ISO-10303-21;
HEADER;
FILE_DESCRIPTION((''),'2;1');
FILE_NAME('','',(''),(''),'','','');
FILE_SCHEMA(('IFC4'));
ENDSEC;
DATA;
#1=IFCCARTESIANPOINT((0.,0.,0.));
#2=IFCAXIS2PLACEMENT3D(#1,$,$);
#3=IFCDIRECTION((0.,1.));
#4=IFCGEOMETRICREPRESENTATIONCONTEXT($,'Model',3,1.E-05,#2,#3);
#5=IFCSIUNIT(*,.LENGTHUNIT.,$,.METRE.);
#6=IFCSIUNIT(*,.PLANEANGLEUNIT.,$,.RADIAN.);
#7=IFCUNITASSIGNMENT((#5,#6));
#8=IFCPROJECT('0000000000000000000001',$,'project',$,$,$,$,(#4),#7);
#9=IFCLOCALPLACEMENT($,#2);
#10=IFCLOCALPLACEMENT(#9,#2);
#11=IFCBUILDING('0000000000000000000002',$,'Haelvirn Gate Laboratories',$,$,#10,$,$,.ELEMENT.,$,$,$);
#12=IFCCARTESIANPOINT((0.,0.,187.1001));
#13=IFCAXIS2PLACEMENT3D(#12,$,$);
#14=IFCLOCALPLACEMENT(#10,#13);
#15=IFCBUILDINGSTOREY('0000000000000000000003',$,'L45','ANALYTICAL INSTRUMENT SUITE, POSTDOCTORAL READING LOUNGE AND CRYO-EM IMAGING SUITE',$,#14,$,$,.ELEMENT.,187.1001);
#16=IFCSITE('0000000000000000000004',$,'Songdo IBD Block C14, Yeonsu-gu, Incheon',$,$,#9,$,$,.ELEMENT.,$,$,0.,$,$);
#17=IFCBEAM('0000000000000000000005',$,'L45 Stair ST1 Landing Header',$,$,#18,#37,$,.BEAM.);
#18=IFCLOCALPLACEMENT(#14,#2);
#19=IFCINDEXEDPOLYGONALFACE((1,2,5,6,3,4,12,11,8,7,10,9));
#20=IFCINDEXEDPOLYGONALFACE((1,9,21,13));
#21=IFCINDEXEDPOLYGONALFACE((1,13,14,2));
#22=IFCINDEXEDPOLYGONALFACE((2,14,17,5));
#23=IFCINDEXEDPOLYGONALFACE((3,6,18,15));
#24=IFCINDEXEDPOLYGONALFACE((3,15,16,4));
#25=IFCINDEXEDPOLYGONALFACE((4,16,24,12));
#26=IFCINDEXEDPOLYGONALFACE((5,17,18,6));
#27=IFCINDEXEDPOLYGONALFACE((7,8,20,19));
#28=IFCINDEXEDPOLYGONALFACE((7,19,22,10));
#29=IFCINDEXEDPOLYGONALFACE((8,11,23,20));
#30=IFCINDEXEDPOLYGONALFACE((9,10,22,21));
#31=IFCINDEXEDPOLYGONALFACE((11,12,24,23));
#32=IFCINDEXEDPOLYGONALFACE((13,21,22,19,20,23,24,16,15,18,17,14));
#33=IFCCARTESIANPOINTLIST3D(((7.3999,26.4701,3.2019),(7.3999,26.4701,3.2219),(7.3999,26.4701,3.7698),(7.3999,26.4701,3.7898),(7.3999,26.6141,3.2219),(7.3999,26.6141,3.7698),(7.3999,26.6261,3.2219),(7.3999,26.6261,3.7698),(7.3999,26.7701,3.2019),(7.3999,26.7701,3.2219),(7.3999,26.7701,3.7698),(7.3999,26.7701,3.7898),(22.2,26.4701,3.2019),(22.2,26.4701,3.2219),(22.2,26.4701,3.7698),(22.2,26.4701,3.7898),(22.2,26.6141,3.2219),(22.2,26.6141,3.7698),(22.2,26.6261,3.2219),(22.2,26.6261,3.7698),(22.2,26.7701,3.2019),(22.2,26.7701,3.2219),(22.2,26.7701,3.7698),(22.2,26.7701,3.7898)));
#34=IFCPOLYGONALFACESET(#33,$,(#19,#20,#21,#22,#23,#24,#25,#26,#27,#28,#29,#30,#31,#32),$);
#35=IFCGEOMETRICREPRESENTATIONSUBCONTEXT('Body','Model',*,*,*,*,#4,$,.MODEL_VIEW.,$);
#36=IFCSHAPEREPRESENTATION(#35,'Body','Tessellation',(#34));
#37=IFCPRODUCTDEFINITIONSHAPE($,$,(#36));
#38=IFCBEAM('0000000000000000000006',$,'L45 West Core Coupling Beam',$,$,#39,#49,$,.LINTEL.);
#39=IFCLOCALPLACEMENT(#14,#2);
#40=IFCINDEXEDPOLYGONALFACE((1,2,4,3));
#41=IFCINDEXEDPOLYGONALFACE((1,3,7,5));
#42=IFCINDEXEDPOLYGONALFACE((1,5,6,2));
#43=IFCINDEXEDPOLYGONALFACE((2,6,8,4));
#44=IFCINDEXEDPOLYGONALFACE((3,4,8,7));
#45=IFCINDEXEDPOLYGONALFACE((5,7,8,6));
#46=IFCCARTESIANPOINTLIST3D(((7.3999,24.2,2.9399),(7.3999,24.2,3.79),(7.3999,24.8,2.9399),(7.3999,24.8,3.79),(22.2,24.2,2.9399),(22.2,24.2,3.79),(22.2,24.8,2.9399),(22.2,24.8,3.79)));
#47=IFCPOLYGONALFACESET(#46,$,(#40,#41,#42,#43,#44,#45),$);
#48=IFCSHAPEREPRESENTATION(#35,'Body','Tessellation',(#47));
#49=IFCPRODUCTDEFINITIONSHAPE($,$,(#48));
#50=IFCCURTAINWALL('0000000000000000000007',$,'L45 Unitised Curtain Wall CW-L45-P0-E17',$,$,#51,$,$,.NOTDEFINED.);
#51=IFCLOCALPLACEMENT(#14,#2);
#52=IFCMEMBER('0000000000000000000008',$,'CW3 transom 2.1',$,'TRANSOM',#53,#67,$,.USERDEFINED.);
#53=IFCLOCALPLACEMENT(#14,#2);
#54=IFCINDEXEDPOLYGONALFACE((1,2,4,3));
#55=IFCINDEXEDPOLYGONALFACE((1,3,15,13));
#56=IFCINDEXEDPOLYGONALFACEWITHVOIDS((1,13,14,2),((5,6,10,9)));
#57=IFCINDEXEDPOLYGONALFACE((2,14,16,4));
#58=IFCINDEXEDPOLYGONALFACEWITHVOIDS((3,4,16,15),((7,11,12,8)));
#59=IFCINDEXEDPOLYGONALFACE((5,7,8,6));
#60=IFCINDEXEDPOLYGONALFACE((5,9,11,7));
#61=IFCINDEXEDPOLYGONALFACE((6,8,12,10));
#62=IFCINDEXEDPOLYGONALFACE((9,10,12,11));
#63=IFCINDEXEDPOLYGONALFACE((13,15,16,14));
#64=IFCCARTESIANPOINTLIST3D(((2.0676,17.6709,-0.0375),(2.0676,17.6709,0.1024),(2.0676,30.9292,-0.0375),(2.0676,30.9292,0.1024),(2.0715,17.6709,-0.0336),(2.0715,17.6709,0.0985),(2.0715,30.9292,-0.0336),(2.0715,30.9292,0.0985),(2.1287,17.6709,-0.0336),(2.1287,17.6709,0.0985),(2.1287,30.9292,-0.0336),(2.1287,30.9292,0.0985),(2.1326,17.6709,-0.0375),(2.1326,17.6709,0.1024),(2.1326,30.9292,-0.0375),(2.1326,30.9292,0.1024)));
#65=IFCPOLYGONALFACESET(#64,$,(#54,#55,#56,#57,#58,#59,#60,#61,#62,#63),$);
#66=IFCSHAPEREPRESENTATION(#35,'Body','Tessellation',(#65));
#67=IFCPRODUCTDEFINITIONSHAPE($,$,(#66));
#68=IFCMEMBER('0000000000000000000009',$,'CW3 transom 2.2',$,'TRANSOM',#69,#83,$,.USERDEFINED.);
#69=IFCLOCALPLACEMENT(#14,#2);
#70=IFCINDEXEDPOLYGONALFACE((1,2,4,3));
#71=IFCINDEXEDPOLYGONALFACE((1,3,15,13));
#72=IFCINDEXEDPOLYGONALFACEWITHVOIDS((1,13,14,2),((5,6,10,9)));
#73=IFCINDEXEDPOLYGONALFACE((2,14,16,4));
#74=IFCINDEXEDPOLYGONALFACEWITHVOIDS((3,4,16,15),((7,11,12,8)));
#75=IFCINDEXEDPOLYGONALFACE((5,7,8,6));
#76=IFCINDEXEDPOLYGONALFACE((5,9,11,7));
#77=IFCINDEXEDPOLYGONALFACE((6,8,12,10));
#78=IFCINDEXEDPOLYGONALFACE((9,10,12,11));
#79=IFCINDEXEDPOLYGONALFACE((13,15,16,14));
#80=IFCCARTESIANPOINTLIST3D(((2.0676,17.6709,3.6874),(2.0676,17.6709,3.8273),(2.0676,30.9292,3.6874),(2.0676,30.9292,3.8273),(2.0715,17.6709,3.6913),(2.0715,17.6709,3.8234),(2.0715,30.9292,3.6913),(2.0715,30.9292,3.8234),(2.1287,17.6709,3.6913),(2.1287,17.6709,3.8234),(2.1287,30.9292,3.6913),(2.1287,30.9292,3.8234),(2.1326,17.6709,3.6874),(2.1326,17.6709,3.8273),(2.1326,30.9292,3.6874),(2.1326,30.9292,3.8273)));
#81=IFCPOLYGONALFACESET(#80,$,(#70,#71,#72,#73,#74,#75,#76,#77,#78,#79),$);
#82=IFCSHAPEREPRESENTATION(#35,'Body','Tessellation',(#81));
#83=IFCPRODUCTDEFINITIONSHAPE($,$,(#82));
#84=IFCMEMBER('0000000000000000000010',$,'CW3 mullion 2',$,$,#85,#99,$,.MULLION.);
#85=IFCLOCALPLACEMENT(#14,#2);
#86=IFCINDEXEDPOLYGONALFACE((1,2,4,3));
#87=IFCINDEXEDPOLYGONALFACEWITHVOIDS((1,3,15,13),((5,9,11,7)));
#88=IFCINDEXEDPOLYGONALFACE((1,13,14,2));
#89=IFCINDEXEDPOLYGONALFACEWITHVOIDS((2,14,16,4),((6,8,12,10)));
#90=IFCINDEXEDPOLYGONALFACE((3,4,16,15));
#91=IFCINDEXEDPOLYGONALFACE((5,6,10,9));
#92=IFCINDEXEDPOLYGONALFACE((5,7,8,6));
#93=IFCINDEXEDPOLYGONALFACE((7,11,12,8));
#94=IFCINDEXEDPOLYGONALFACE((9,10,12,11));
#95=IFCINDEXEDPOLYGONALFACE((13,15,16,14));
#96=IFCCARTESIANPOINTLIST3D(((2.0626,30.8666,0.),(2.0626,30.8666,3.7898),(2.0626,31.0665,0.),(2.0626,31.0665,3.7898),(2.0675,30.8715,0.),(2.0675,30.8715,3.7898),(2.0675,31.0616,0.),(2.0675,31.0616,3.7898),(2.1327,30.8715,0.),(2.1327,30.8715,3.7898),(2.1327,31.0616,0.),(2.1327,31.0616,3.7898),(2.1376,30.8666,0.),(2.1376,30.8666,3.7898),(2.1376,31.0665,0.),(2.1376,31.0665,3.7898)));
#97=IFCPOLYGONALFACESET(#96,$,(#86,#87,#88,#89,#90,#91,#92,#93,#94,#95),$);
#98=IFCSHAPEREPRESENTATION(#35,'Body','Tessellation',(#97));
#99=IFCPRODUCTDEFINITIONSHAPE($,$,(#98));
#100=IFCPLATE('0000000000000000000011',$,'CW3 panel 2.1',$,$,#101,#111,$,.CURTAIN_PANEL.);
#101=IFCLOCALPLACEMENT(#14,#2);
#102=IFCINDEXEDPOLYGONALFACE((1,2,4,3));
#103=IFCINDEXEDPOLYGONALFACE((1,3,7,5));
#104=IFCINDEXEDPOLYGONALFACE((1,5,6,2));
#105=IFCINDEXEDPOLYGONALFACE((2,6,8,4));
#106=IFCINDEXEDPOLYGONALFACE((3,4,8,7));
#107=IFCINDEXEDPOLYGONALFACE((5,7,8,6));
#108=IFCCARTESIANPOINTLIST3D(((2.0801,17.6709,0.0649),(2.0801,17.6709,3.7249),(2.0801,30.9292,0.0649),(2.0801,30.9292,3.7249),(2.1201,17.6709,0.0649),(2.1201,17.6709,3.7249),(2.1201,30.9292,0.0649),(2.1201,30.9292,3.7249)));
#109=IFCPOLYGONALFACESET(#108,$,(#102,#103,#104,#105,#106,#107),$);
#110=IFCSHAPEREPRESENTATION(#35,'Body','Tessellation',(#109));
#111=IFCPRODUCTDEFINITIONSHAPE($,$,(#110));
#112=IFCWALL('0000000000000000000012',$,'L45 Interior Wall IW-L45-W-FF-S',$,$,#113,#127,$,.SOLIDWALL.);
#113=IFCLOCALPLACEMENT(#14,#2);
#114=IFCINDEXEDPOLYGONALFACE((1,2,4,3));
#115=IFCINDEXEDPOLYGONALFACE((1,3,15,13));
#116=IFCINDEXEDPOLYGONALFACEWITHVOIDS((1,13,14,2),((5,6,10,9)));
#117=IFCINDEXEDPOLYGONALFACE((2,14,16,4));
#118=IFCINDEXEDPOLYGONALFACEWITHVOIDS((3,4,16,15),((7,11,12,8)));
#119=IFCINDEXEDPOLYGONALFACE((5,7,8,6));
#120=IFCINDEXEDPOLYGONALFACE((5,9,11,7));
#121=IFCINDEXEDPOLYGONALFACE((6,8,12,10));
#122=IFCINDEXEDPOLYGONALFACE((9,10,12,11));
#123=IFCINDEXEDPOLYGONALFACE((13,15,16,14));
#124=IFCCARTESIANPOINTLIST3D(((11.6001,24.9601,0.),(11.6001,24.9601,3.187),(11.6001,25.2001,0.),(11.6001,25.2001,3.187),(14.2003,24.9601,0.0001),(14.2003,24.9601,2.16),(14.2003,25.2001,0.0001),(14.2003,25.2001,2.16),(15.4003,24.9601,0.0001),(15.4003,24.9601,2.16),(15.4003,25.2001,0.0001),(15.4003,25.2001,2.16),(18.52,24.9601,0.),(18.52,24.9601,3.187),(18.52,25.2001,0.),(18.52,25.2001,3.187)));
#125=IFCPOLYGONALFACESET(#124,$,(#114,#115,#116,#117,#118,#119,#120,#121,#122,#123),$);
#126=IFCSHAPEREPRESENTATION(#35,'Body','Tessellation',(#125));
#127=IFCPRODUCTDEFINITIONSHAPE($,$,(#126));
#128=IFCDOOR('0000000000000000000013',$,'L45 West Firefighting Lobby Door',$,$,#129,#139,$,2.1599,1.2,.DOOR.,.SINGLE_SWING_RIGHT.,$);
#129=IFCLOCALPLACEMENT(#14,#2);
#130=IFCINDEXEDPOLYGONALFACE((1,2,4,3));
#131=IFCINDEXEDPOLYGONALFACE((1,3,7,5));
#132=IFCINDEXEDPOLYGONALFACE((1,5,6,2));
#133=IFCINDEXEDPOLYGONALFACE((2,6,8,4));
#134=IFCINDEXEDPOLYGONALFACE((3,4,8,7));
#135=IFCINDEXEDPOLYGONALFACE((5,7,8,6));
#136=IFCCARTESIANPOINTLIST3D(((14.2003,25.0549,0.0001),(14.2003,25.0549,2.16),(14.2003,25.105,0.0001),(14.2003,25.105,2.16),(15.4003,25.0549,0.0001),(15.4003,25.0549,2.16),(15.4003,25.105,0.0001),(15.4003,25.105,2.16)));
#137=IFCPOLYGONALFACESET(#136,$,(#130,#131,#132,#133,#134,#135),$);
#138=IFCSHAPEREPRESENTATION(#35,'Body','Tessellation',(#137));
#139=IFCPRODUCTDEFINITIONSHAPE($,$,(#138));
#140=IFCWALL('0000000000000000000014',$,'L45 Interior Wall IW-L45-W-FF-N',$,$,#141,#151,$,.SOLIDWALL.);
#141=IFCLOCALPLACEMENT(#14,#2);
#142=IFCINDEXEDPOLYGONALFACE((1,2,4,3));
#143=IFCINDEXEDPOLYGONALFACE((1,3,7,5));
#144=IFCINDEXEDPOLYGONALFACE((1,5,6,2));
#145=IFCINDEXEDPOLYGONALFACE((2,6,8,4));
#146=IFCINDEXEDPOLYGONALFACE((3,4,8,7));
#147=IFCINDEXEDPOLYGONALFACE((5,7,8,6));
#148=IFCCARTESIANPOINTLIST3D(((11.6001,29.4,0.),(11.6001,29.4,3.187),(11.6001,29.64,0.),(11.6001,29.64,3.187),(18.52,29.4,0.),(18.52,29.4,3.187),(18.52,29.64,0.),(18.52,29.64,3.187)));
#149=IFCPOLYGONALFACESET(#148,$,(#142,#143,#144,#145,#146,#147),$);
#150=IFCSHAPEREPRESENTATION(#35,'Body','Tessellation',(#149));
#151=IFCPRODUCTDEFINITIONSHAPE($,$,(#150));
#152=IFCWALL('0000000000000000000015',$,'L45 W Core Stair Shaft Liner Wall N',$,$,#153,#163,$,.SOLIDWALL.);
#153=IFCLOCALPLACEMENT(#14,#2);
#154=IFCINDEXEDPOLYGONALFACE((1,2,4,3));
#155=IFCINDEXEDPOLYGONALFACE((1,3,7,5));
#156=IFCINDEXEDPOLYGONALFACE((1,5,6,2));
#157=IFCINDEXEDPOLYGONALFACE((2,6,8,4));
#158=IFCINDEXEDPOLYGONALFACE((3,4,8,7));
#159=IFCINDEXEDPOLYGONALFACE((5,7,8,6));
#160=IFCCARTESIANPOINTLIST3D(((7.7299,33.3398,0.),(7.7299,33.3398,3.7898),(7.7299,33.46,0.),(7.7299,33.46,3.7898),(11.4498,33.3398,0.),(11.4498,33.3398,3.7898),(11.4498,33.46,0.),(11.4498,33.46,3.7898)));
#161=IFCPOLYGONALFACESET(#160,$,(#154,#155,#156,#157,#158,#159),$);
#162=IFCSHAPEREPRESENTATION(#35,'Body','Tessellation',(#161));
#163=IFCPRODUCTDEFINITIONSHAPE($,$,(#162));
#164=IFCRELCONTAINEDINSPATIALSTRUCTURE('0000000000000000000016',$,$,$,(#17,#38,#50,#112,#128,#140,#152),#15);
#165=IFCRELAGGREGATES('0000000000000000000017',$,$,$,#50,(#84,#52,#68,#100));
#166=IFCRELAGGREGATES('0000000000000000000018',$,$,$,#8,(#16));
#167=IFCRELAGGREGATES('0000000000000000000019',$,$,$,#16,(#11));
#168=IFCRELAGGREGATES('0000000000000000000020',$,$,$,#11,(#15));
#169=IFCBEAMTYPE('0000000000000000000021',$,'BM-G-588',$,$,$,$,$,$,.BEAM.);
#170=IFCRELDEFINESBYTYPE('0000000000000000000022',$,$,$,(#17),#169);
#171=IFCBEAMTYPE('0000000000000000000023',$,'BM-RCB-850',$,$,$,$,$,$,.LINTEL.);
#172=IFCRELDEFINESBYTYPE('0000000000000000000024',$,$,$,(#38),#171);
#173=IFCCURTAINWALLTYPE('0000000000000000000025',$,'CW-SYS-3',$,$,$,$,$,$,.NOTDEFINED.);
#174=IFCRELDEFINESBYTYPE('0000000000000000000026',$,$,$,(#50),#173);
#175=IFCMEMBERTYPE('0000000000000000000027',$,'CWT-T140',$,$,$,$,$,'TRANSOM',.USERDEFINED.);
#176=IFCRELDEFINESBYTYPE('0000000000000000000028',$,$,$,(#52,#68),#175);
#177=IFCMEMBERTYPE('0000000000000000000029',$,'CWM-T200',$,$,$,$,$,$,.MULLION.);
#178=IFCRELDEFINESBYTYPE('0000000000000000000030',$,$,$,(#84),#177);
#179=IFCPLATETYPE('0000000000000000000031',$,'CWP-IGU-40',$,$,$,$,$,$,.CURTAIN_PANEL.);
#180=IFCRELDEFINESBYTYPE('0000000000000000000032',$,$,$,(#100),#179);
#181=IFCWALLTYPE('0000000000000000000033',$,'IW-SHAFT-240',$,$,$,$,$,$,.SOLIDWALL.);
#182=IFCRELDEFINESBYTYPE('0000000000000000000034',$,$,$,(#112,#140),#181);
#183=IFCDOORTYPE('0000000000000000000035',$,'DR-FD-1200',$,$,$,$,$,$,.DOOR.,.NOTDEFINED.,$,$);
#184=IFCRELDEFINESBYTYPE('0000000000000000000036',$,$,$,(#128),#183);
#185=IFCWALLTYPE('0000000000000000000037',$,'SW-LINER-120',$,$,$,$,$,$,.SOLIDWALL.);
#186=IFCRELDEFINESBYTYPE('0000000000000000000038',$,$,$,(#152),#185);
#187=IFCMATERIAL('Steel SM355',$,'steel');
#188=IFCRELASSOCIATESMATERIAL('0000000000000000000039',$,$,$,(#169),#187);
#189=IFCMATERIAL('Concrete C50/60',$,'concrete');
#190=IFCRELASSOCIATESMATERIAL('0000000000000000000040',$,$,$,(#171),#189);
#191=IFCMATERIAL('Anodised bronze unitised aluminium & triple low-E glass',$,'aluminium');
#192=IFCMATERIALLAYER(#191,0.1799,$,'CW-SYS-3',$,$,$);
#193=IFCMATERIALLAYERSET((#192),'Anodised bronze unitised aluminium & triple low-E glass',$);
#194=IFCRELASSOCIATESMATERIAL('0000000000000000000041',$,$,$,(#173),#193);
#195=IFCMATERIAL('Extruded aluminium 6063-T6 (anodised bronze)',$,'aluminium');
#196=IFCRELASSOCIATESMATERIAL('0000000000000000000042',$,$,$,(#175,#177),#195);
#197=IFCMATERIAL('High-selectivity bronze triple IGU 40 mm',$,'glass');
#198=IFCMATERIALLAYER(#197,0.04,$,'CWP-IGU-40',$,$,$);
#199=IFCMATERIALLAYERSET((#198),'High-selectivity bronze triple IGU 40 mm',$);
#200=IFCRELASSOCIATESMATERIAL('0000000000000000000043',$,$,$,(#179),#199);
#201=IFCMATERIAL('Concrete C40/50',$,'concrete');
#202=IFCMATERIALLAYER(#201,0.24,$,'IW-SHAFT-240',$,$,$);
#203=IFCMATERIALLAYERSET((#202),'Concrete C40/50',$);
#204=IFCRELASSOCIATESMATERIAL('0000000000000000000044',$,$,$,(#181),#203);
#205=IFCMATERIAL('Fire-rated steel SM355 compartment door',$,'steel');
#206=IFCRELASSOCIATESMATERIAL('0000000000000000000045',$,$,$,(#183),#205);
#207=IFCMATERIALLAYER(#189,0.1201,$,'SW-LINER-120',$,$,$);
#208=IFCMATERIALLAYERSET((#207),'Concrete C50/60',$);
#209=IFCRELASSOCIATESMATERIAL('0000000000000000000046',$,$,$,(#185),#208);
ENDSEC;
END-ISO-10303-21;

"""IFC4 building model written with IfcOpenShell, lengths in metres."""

from ifc_helpers import new_model, si_unit, direction, frame, frame_2d, origin, origin_2d, place, context, subcontext, project, spatial, rectangle, hollow_rectangle, i_section, extrude, source, transform, mapped, material, layer, layer_set, material_profile, profile_set, type_object, type_shapes, element, fill, aggregate, save


model = new_model("IFC4")

# Units and contexts
model_context = context("Model", 3, precision=1e-05, world=origin(), true_north=direction((0.0, 1.0)))
body_context = subcontext(model_context, "Body", "Model", "MODEL_VIEW")
ifc_project = project(units=[si_unit("LENGTHUNIT", "METRE"), si_unit("PLANEANGLEUNIT", "RADIAN")], contexts=[model_context])

# Site, building, storey
site_placement = place(None, origin())
site = spatial("IfcSite", under=ifc_project, at=site_placement, Name="Songdo IBD Block C14, Yeonsu-gu, Incheon", CompositionType="ELEMENT", RefElevation=0.0)
building_placement = place(site_placement, origin())
building = spatial("IfcBuilding", under=site, at=building_placement, Name="Haelvirn Gate Laboratories", CompositionType="ELEMENT")
storey_placement = place(building_placement, frame((0.0, 0.0, 187.1001)))
storey = spatial("IfcBuildingStorey", under=building, at=storey_placement, Name="L45", Description="ANALYTICAL INSTRUMENT SUITE, POSTDOCTORAL READING LOUNGE AND CRYO-EM IMAGING SUITE", CompositionType="ELEMENT", Elevation=187.1001)

# Beams
ifc_material_1 = material(Name="Steel SM355", Category="steel")
ifc_material_profile_1 = material_profile(ifc_material_1, i_section(OverallWidth=0.3, OverallDepth=0.5879, WebThickness=0.012, FlangeThickness=0.02, at=origin_2d()), Name="H-588x300x12x20")
ifc_profile_set_1 = profile_set([ifc_material_profile_1], Name="Steel SM355")
beam_type_1 = type_object("IfcBeamType", Name="BM-G-588", PredefinedType="BEAM", material=ifc_profile_set_1)
shared_shape_1 = source(origin(), body_context, "Body", "SweptSolid", [
    extrude(i_section(OverallWidth=0.3, OverallDepth=0.5879, WebThickness=0.012, FlangeThickness=0.02, at=origin_2d()), origin(), (0.0, 0.0, 1.0), 14.8),
])
type_shapes(beam_type_1, [shared_shape_1])
beam_1_placement = place(storey_placement, frame((7.3999, 26.6201, 3.4958), z_axis=(1.0, 0.0, 0.0), x_axis=(0.0, 1.0, 0.0)))
element("IfcBeam", 1, at=beam_1_placement, inside=storey, type_object=beam_type_1, Name="L45 Stair ST1 Landing Header", PredefinedType="BEAM", context=body_context, shape_type="MappedRepresentation", body=[
    mapped(shared_shape_1, transform((0.0, 0.0, 0.0), scale=1.0)),
])
ifc_material_2 = material(Name="Concrete C50/60", Category="concrete")
ifc_material_profile_2 = material_profile(ifc_material_2, rectangle(XDim=0.6001, YDim=0.8501, at=origin_2d()), Name="RCB-600x850")
ifc_profile_set_2 = profile_set([ifc_material_profile_2], Name="Concrete C50/60")
beam_type_2 = type_object("IfcBeamType", Name="BM-RCB-850", PredefinedType="LINTEL", material=ifc_profile_set_2)
shared_shape_2 = source(origin(), body_context, "Body", "SweptSolid", [
    extrude(rectangle(XDim=0.6001, YDim=0.8501, at=origin_2d()), origin(), (0.0, 0.0, 1.0), 14.8),
])
type_shapes(beam_type_2, [shared_shape_2])
beam_2_placement = place(storey_placement, frame((7.3999, 24.5, 3.365), z_axis=(1.0, 0.0, 0.0), x_axis=(0.0, 1.0, 0.0)))
element("IfcBeam", 2, at=beam_2_placement, inside=storey, type_object=beam_type_2, Name="L45 West Core Coupling Beam", PredefinedType="LINTEL", context=body_context, shape_type="MappedRepresentation", body=[
    mapped(shared_shape_2, transform((0.0, 0.0, 0.0), scale=1.0)),
])

# Curtain wall, members, plate
ifc_material_3 = material(Name="Anodised bronze unitised aluminium & triple low-E glass", Category="aluminium")
ifc_layer_1 = layer(ifc_material_3, 0.1799, Name="CW-SYS-3")
ifc_layer_set_1 = layer_set([ifc_layer_1], Name="Anodised bronze unitised aluminium & triple low-E glass")
curtain_wall_type = type_object("IfcCurtainWallType", Name="CW-SYS-3", PredefinedType="NOTDEFINED", material=ifc_layer_set_1)
curtain_wall_placement = place(storey_placement, origin())
curtain_wall = element("IfcCurtainWall", 3, at=curtain_wall_placement, inside=storey, type_object=curtain_wall_type, Name="L45 Unitised Curtain Wall CW-L45-P0-E17", PredefinedType="NOTDEFINED")
ifc_material_4 = material(Name="Extruded aluminium 6063-T6 (anodised bronze)", Category="aluminium")
ifc_material_profile_3 = material_profile(ifc_material_4, hollow_rectangle(XDim=0.0649, YDim=0.1399, WallThickness=0.0039, at=origin_2d()), Name="CWT-140x65x4")
ifc_profile_set_3 = profile_set([ifc_material_profile_3], Name="Extruded aluminium 6063-T6 (anodised bronze)")
member_type_1 = type_object("IfcMemberType", Name="CWT-T140", ElementType="TRANSOM", PredefinedType="USERDEFINED", material=ifc_profile_set_3)
shared_shape_3 = source(origin(), body_context, "Body", "SweptSolid", [
    extrude(hollow_rectangle(XDim=0.0649, YDim=0.1399, WallThickness=0.0039, at=origin_2d()), origin(), (0.0, 0.0, 1.0), 13.2583),
])
type_shapes(member_type_1, [shared_shape_3])
member_1_placement = place(storey_placement, frame((2.1001, 30.9292, 0.0325), z_axis=(0.0, -1.0, 0.0), x_axis=(1.0, 0.0, 0.0)))
member_1 = element("IfcMember", 4, at=member_1_placement, type_object=member_type_1, Name="CW3 transom 2.1", ObjectType="TRANSOM", PredefinedType="USERDEFINED", context=body_context, shape_type="MappedRepresentation", body=[
    mapped(shared_shape_3, transform((0.0, 0.0, 0.0), scale=1.0)),
])
member_2_placement = place(storey_placement, frame((2.1001, 30.9292, 3.7573), z_axis=(0.0, -1.0, 0.0), x_axis=(1.0, 0.0, 0.0)))
member_2 = element("IfcMember", 5, at=member_2_placement, type_object=member_type_1, Name="CW3 transom 2.2", ObjectType="TRANSOM", PredefinedType="USERDEFINED", context=body_context, shape_type="MappedRepresentation", body=[
    mapped(shared_shape_3, transform((0.0, 0.0, 0.0), scale=1.0)),
])
ifc_material_profile_4 = material_profile(ifc_material_4, hollow_rectangle(XDim=0.075, YDim=0.2, WallThickness=0.0049, at=origin_2d()), Name="CWM-200x75x5")
ifc_profile_set_4 = profile_set([ifc_material_profile_4], Name="Extruded aluminium 6063-T6 (anodised bronze)")
member_type_2 = type_object("IfcMemberType", Name="CWM-T200", PredefinedType="MULLION", material=ifc_profile_set_4)
shared_shape_4 = source(origin(), body_context, "Body", "SweptSolid", [
    extrude(hollow_rectangle(XDim=0.075, YDim=0.2, WallThickness=0.0049, at=origin_2d()), origin(), (0.0, 0.0, 1.0), 3.7898),
])
type_shapes(member_type_2, [shared_shape_4])
member_3_placement = place(storey_placement, frame((2.1001, 30.9666, 0.0), z_axis=(0.0, 0.0, 1.0), x_axis=(1.0, 0.0, 0.0)))
member_3 = element("IfcMember", 6, at=member_3_placement, type_object=member_type_2, Name="CW3 mullion 2", PredefinedType="MULLION", context=body_context, shape_type="MappedRepresentation", body=[
    mapped(shared_shape_4, transform((0.0, 0.0, 0.0), scale=1.0)),
])
ifc_material_5 = material(Name="High-selectivity bronze triple IGU 40 mm", Category="glass")
ifc_layer_2 = layer(ifc_material_5, 0.04, Name="CWP-IGU-40")
ifc_layer_set_2 = layer_set([ifc_layer_2], Name="High-selectivity bronze triple IGU 40 mm")
plate_type = type_object("IfcPlateType", Name="CWP-IGU-40", PredefinedType="CURTAIN_PANEL", material=ifc_layer_set_2)
shared_shape_5 = source(origin(), body_context, "Body", "SweptSolid", [
    extrude(rectangle(XDim=13.2583, YDim=0.04, at=origin_2d()), origin(), (0.0, 0.0, 1.0), 3.6599),
])
type_shapes(plate_type, [shared_shape_5])
plate_placement = place(storey_placement, frame((2.1001, 24.3, 0.0649), z_axis=(0.0, 0.0, 1.0), x_axis=(0.0, -1.0, 0.0)))
plate = element("IfcPlate", 7, at=plate_placement, type_object=plate_type, Name="CW3 panel 2.1", PredefinedType="CURTAIN_PANEL", context=body_context, shape_type="MappedRepresentation", body=[
    mapped(shared_shape_5, transform((0.0, 0.0, 0.0), scale=1.0)),
])
aggregate(curtain_wall, [member_3, member_1, member_2, plate])

# Wall, opening, door
ifc_material_6 = material(Name="Concrete C40/50", Category="concrete")
ifc_layer_3 = layer(ifc_material_6, 0.24, Name="IW-SHAFT-240")
ifc_layer_set_3 = layer_set([ifc_layer_3], Name="Concrete C40/50")
wall_type_1 = type_object("IfcWallType", Name="IW-SHAFT-240", PredefinedType="SOLIDWALL", material=ifc_layer_set_3)
wall_1_placement = place(storey_placement, frame((11.6001, 25.0801, 0.0), z_axis=(0.0, 0.0, 1.0), x_axis=(1.0, 0.0, 0.0)))
wall_1 = element("IfcWall", 8, at=wall_1_placement, inside=storey, type_object=wall_type_1, Name="L45 Interior Wall IW-L45-W-FF-S", PredefinedType="SOLIDWALL", context=body_context, shape_type="SweptSolid", body=[
    extrude(rectangle(XDim=6.9199, YDim=0.24, at=frame_2d((3.46, 0.0))), origin(), (0.0, 0.0, 1.0), 3.187),
])
opening_1_placement = place(wall_1_placement, frame((2.6001, 0.0, 0.0)))
opening_1 = element("IfcOpeningElement", 9, at=opening_1_placement, cuts=wall_1, PredefinedType="OPENING", context=body_context, shape_type="SweptSolid", body=[
    extrude(rectangle(XDim=1.2, YDim=2.1599, at=frame_2d((0.6001, 1.0801))), frame((0.0, 0.1299, 0.0), z_axis=(0.0, -1.0, 0.0), x_axis=(1.0, 0.0, 0.0)), (0.0, 0.0, 1.0), 0.26),
])
ifc_material_7 = material(Name="Fire-rated steel SM355 compartment door", Category="steel")
door_type_1 = type_object("IfcDoorType", Name="DR-FD-1200", OperationType="NOTDEFINED", PredefinedType="DOOR", material=ifc_material_7)
shared_shape_6 = source(origin(), body_context, "Body", "SweptSolid", [
    extrude(rectangle(XDim=1.2, YDim=2.1599, at=frame_2d((0.6001, 1.0801))), frame((0.0, 0.0249, 0.0), z_axis=(0.0, -1.0, 0.0), x_axis=(1.0, 0.0, 0.0)), (0.0, 0.0, 1.0), 0.05),
])
type_shapes(door_type_1, [shared_shape_6])
door_1_placement = place(opening_1_placement, origin())
door_1 = element("IfcDoor", 10, at=door_1_placement, inside=storey, type_object=door_type_1, Name="L45 West Firefighting Lobby Door", OperationType="SINGLE_SWING_RIGHT", OverallHeight=2.1599, OverallWidth=1.2, PredefinedType="DOOR", context=body_context, shape_type="MappedRepresentation", body=[
    mapped(shared_shape_6, transform((0.0, 0.0, 0.0), scale=1.0)),
])
fill(opening_1, door_1)

# Wall
wall_2_placement = place(storey_placement, frame((11.6001, 29.52, 0.0), z_axis=(0.0, 0.0, 1.0), x_axis=(1.0, 0.0, 0.0)))
element("IfcWall", 11, at=wall_2_placement, inside=storey, type_object=wall_type_1, Name="L45 Interior Wall IW-L45-W-FF-N", PredefinedType="SOLIDWALL", context=body_context, shape_type="SweptSolid", body=[
    extrude(rectangle(XDim=6.9199, YDim=0.24, at=frame_2d((3.46, 0.0))), origin(), (0.0, 0.0, 1.0), 3.187),
])

# Wall
ifc_layer_4 = layer(ifc_material_2, 0.1201, Name="SW-LINER-120")
ifc_layer_set_4 = layer_set([ifc_layer_4], Name="Concrete C50/60")
wall_type_2 = type_object("IfcWallType", Name="SW-LINER-120", PredefinedType="SOLIDWALL", material=ifc_layer_set_4)
wall_3_placement = place(storey_placement, frame((7.73, 33.3999, 0.0), z_axis=(0.0, 0.0, 1.0), x_axis=(1.0, 0.0, 0.0)))
element("IfcWall", 12, at=wall_3_placement, inside=storey, type_object=wall_type_2, Name="L45 W Core Stair Shaft Liner Wall N", PredefinedType="SOLIDWALL", context=body_context, shape_type="SweptSolid", body=[
    extrude(rectangle(XDim=3.72, YDim=0.1201, at=frame_2d((1.8599, 0.0))), origin(), (0.0, 0.0, 1.0), 3.7898),
])

save(model, "model.ifc")
